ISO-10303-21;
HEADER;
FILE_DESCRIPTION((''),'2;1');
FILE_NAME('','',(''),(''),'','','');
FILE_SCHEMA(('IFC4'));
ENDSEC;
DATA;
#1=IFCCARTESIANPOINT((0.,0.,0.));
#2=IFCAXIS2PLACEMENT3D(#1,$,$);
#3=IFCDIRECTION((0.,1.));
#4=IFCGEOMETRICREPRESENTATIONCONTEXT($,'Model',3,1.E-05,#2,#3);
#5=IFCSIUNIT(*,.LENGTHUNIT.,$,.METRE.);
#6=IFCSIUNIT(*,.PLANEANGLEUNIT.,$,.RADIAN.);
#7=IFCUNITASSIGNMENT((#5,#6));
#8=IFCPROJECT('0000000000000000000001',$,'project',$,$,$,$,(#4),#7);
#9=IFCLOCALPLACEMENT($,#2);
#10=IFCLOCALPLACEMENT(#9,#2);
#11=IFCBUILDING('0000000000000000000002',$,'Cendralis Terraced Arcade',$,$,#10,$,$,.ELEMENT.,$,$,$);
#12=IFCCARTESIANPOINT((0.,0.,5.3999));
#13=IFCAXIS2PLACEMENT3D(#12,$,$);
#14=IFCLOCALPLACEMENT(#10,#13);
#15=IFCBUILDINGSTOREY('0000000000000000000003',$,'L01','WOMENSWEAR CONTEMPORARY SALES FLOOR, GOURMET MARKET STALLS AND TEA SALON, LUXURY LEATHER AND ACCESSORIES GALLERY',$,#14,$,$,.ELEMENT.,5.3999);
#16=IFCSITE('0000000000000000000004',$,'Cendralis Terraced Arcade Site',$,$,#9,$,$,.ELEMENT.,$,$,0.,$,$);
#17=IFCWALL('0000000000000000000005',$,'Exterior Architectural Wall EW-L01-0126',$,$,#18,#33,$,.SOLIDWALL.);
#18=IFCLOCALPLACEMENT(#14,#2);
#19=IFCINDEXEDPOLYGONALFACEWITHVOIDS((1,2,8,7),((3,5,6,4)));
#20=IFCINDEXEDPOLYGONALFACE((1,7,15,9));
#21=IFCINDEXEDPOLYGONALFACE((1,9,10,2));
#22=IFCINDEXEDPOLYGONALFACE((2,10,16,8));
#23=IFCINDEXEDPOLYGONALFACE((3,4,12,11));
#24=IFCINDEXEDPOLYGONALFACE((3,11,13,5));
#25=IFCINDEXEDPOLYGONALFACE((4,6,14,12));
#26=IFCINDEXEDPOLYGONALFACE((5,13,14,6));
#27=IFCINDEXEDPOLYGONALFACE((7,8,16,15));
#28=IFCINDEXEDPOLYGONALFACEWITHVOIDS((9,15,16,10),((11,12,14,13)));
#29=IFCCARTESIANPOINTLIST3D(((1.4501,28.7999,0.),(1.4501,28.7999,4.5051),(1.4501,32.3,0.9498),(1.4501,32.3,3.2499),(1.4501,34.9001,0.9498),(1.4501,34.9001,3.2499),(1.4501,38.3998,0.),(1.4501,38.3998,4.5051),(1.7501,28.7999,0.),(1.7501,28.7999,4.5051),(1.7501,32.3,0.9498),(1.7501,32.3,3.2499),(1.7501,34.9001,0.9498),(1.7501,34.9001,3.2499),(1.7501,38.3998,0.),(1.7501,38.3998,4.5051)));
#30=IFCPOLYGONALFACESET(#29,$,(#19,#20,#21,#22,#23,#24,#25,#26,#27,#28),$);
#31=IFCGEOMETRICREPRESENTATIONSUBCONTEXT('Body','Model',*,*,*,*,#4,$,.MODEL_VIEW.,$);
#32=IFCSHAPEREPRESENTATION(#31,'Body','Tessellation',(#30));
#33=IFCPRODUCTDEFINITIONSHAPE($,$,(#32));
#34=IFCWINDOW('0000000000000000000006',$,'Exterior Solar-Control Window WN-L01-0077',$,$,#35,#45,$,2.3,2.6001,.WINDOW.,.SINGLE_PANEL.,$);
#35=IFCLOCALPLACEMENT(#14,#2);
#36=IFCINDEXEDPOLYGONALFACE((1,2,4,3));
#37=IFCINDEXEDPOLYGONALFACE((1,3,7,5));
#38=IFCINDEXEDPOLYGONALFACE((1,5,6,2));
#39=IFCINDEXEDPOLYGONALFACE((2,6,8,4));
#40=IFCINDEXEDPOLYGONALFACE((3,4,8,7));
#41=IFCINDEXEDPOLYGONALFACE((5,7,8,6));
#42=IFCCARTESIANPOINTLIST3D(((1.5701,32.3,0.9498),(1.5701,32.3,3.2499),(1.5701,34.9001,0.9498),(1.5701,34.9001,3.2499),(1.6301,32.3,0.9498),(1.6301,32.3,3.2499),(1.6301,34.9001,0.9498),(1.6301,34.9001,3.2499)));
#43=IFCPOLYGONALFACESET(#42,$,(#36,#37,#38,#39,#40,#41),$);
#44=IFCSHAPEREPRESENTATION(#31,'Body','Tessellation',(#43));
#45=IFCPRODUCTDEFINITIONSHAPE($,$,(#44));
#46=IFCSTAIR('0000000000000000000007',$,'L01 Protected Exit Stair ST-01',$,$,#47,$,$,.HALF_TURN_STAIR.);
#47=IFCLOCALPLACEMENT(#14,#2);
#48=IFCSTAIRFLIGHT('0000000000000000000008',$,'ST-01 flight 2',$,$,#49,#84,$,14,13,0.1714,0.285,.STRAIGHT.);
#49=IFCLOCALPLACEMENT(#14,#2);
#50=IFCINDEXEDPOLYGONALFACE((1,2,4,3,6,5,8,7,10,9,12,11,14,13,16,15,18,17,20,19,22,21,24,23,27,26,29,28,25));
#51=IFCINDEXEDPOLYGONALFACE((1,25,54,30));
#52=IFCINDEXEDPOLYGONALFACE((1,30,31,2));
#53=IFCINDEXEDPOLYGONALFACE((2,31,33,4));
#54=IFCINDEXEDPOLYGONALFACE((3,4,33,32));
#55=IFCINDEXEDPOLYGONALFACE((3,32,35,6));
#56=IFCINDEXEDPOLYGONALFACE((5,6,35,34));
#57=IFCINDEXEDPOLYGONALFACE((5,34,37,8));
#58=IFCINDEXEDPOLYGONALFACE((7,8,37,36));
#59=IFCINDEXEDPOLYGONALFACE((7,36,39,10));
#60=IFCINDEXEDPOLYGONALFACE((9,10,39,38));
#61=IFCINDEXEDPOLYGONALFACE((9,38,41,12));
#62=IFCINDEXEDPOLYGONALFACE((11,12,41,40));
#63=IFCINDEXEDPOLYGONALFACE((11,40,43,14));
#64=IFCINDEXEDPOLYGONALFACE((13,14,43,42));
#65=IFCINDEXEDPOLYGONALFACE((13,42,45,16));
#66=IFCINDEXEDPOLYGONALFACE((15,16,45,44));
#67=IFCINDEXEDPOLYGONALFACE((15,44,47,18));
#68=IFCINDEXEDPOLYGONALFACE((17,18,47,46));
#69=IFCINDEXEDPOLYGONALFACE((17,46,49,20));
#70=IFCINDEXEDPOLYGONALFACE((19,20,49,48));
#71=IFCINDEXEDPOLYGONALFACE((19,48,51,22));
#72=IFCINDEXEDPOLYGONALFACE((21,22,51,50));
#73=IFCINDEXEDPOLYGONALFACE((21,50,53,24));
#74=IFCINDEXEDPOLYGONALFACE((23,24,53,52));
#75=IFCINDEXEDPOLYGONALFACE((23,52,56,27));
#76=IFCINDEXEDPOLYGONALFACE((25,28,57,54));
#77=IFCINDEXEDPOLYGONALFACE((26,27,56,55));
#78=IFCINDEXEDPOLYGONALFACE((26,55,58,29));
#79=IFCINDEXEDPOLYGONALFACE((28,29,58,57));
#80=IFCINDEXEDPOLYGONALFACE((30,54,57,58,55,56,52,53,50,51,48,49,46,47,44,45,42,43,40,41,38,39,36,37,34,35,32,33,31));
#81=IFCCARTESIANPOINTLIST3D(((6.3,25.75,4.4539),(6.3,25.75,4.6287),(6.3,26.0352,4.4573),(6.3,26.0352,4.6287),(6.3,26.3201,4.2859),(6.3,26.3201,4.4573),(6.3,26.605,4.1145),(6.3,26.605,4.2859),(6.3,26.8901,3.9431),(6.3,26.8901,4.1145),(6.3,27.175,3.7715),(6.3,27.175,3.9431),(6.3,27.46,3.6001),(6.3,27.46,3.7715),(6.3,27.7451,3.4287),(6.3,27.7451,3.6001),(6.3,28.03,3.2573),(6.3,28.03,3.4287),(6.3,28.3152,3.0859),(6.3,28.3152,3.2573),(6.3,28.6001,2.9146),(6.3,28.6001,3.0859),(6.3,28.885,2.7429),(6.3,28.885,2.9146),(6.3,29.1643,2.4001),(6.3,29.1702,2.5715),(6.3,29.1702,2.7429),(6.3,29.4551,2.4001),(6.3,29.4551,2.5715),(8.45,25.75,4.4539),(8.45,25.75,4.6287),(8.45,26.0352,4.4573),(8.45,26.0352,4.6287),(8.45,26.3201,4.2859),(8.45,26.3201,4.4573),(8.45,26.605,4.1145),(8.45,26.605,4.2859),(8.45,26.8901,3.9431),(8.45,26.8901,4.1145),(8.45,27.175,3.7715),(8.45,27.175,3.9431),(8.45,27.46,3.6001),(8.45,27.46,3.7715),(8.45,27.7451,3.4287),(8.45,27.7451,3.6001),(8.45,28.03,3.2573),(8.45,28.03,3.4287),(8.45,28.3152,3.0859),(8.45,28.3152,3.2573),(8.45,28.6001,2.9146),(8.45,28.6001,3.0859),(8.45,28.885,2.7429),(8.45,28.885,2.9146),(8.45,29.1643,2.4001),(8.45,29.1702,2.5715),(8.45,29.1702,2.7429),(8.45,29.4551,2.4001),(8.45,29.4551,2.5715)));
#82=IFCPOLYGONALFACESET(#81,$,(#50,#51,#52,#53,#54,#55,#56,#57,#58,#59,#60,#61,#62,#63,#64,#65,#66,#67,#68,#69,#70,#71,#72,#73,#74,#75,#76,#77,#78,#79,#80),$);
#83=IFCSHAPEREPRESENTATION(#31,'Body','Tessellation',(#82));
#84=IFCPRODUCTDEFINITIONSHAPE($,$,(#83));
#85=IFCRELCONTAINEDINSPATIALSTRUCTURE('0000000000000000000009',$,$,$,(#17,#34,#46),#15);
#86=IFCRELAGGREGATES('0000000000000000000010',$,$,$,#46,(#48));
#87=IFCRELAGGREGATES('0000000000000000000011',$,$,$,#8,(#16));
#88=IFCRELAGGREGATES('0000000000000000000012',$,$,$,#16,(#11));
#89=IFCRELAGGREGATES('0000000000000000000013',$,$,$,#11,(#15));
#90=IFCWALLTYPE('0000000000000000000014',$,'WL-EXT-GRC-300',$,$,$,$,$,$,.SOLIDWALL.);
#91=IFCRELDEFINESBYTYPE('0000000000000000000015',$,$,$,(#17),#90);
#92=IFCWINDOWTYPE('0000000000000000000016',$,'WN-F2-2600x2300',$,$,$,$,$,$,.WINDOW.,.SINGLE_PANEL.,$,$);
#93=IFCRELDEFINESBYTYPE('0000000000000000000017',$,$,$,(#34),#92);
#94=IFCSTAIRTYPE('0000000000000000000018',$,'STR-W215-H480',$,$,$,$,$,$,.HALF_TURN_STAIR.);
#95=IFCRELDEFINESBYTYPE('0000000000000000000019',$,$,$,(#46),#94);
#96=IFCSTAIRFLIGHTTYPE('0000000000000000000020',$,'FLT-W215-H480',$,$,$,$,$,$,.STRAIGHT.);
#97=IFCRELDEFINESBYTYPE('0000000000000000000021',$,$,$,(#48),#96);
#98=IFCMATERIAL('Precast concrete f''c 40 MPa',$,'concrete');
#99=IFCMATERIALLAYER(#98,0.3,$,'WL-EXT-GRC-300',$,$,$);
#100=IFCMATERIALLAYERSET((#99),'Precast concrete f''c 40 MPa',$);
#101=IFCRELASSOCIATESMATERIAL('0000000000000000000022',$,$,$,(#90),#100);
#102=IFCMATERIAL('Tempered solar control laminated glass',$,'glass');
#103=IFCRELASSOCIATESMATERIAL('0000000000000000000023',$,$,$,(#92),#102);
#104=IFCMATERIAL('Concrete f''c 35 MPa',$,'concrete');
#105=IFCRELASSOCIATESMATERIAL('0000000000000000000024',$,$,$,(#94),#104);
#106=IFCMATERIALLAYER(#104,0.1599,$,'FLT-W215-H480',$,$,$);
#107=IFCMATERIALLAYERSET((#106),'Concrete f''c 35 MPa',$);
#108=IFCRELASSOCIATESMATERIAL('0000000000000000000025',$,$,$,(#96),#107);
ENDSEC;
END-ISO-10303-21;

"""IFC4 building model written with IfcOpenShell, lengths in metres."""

from ifc_helpers import new_model, si_unit, direction, frame, frame_2d, origin, place, context, subcontext, project, spatial, polyline, rectangle, outline, extrude, material, layer, layer_set, type_object, element, fill, aggregate, save


model = new_model("IFC4")

# Units and contexts
model_context = context("Model", 3, precision=1e-05, world=origin(), true_north=direction((0.0, 1.0)))
body_context = subcontext(model_context, "Body", "Model", "MODEL_VIEW")
ifc_project = project(units=[si_unit("LENGTHUNIT", "METRE"), si_unit("PLANEANGLEUNIT", "RADIAN")], contexts=[model_context])

# Site, building, storey
site_placement = place(None, origin())
site = spatial("IfcSite", under=ifc_project, at=site_placement, Name="Cendralis Terraced Arcade Site", CompositionType="ELEMENT", RefElevation=0.0)
building_placement = place(site_placement, origin())
building = spatial("IfcBuilding", under=site, at=building_placement, Name="Cendralis Terraced Arcade", CompositionType="ELEMENT")
storey_placement = place(building_placement, frame((0.0, 0.0, 5.3999)))
storey = spatial("IfcBuildingStorey", under=building, at=storey_placement, Name="L01", Description="WOMENSWEAR CONTEMPORARY SALES FLOOR, GOURMET MARKET STALLS AND TEA SALON, LUXURY LEATHER AND ACCESSORIES GALLERY", CompositionType="ELEMENT", Elevation=5.3999)

# Shared definitions
ifc_material_1 = material(Name="Tempered solar control laminated glass", Category="glass")

# Wall, opening, window
ifc_material_2 = material(Name="Precast concrete f'c 40 MPa", Category="concrete")
ifc_layer_1 = layer(ifc_material_2, 0.3, Name="WL-EXT-GRC-300")
ifc_layer_set_1 = layer_set([ifc_layer_1], Name="Precast concrete f'c 40 MPa")
wall_type_1 = type_object("IfcWallType", Name="WL-EXT-GRC-300", PredefinedType="SOLIDWALL", material=ifc_layer_set_1)
wall_1_placement = place(storey_placement, frame((1.6001, 28.8, 0.0), z_axis=(0.0, 0.0, 1.0), x_axis=(0.0, 1.0, 0.0)))
wall_1 = element("IfcWall", 1, at=wall_1_placement, inside=storey, type_object=wall_type_1, Name="Exterior Architectural Wall EW-L01-0126", PredefinedType="SOLIDWALL", context=body_context, shape_type="SweptSolid", body=[
    extrude(rectangle(XDim=9.5999, YDim=0.3, at=frame_2d((4.7998, 0.0))), origin(), (0.0, 0.0, 1.0), 4.5051),
])
opening_placement = place(wall_1_placement, frame((3.5, 0.0, 0.95)))
opening = element("IfcOpeningElement", 2, at=opening_placement, cuts=wall_1, PredefinedType="OPENING", context=body_context, shape_type="SweptSolid", body=[
    extrude(rectangle(XDim=2.6001, YDim=2.3, at=frame_2d((1.3, 1.1499))), frame((0.0, 0.1621, 0.0), z_axis=(0.0, -1.0, 0.0), x_axis=(1.0, 0.0, 0.0)), (0.0, 0.0, 1.0), 0.324),
])
window_type = type_object("IfcWindowType", Name="WN-F2-2600x2300", PartitioningType="SINGLE_PANEL", PredefinedType="WINDOW", material=ifc_material_1)
window_placement = place(opening_placement, origin())
window = element("IfcWindow", 3, at=window_placement, inside=storey, type_object=window_type, Name="Exterior Solar-Control Window WN-L01-0077", OverallHeight=2.3, OverallWidth=2.6001, PartitioningType="SINGLE_PANEL", PredefinedType="WINDOW", context=body_context, shape_type="SweptSolid", body=[
    extrude(rectangle(XDim=2.6001, YDim=2.3, at=frame_2d((1.3, 1.1499))), frame((0.0, 0.03, 0.0), z_axis=(0.0, -1.0, 0.0), x_axis=(1.0, 0.0, 0.0)), (0.0, 0.0, 1.0), 0.0601),
])
fill(opening, window)

# Stair, stair flight
ifc_material_3 = material(Name="Concrete f'c 35 MPa", Category="concrete")
stair_type = type_object("IfcStairType", Name="STR-W215-H480", PredefinedType="HALF_TURN_STAIR", material=ifc_material_3)
stair_placement = place(storey_placement, origin())
stair = element("IfcStair", 4, at=stair_placement, inside=storey, type_object=stair_type, Name="L01 Protected Exit Stair ST-01", PredefinedType="HALF_TURN_STAIR")
ifc_layer_2 = layer(ifc_material_3, 0.1599, Name="FLT-W215-H480")
ifc_layer_set_2 = layer_set([ifc_layer_2], Name="Concrete f'c 35 MPa")
stair_flight_type = type_object("IfcStairFlightType", Name="FLT-W215-H480", PredefinedType="STRAIGHT", material=ifc_layer_set_2)
stair_flight_placement = place(storey_placement, frame((7.375, 29.4551, 2.4001), z_axis=(0.0, 0.0, 1.0), x_axis=(0.0, -1.0, 0.0)))
stair_flight = element("IfcStairFlight", 5, at=stair_flight_placement, type_object=stair_flight_type, Name="ST-01 flight 2", NumberOfRisers=14, NumberOfTreads=13, PredefinedType="STRAIGHT", RiserHeight=0.1714, TreadLength=0.285, context=body_context, shape_type="SweptSolid", body=[
    extrude(outline(polyline([(0.0, 0.0), (0.0, 0.1714), (0.2849, 0.1714), (0.2849, 0.3428), (0.5701, 0.3428), (0.5701, 0.5144), (0.855, 0.5144), (0.855, 0.6858), (1.1399, 0.6858), (1.1399, 0.8572), (1.425, 0.8572), (1.425, 1.0286), (1.71, 1.0286), (1.71, 1.2), (1.9951, 1.2), (1.9951, 1.3713), (2.28, 1.3713), (2.28, 1.543), (2.5649, 1.543), (2.5649, 1.7144), (2.8501, 1.7144), (2.8501, 1.8857), (3.135, 1.8857), (3.135, 2.0571), (3.4199, 2.0571), (3.4199, 2.2285), (3.7051, 2.2285), (3.7051, 2.3999), (3.7051, 2.0537), (0.2908, 0.0), (0.0, 0.0)])), frame((0.0, 1.075, 0.0), z_axis=(0.0, -1.0, 0.0), x_axis=(1.0, 0.0, 0.0)), (0.0, 0.0, 1.0), 2.1499),
])
aggregate(stair, [stair_flight])

save(model, "model.ifc")
